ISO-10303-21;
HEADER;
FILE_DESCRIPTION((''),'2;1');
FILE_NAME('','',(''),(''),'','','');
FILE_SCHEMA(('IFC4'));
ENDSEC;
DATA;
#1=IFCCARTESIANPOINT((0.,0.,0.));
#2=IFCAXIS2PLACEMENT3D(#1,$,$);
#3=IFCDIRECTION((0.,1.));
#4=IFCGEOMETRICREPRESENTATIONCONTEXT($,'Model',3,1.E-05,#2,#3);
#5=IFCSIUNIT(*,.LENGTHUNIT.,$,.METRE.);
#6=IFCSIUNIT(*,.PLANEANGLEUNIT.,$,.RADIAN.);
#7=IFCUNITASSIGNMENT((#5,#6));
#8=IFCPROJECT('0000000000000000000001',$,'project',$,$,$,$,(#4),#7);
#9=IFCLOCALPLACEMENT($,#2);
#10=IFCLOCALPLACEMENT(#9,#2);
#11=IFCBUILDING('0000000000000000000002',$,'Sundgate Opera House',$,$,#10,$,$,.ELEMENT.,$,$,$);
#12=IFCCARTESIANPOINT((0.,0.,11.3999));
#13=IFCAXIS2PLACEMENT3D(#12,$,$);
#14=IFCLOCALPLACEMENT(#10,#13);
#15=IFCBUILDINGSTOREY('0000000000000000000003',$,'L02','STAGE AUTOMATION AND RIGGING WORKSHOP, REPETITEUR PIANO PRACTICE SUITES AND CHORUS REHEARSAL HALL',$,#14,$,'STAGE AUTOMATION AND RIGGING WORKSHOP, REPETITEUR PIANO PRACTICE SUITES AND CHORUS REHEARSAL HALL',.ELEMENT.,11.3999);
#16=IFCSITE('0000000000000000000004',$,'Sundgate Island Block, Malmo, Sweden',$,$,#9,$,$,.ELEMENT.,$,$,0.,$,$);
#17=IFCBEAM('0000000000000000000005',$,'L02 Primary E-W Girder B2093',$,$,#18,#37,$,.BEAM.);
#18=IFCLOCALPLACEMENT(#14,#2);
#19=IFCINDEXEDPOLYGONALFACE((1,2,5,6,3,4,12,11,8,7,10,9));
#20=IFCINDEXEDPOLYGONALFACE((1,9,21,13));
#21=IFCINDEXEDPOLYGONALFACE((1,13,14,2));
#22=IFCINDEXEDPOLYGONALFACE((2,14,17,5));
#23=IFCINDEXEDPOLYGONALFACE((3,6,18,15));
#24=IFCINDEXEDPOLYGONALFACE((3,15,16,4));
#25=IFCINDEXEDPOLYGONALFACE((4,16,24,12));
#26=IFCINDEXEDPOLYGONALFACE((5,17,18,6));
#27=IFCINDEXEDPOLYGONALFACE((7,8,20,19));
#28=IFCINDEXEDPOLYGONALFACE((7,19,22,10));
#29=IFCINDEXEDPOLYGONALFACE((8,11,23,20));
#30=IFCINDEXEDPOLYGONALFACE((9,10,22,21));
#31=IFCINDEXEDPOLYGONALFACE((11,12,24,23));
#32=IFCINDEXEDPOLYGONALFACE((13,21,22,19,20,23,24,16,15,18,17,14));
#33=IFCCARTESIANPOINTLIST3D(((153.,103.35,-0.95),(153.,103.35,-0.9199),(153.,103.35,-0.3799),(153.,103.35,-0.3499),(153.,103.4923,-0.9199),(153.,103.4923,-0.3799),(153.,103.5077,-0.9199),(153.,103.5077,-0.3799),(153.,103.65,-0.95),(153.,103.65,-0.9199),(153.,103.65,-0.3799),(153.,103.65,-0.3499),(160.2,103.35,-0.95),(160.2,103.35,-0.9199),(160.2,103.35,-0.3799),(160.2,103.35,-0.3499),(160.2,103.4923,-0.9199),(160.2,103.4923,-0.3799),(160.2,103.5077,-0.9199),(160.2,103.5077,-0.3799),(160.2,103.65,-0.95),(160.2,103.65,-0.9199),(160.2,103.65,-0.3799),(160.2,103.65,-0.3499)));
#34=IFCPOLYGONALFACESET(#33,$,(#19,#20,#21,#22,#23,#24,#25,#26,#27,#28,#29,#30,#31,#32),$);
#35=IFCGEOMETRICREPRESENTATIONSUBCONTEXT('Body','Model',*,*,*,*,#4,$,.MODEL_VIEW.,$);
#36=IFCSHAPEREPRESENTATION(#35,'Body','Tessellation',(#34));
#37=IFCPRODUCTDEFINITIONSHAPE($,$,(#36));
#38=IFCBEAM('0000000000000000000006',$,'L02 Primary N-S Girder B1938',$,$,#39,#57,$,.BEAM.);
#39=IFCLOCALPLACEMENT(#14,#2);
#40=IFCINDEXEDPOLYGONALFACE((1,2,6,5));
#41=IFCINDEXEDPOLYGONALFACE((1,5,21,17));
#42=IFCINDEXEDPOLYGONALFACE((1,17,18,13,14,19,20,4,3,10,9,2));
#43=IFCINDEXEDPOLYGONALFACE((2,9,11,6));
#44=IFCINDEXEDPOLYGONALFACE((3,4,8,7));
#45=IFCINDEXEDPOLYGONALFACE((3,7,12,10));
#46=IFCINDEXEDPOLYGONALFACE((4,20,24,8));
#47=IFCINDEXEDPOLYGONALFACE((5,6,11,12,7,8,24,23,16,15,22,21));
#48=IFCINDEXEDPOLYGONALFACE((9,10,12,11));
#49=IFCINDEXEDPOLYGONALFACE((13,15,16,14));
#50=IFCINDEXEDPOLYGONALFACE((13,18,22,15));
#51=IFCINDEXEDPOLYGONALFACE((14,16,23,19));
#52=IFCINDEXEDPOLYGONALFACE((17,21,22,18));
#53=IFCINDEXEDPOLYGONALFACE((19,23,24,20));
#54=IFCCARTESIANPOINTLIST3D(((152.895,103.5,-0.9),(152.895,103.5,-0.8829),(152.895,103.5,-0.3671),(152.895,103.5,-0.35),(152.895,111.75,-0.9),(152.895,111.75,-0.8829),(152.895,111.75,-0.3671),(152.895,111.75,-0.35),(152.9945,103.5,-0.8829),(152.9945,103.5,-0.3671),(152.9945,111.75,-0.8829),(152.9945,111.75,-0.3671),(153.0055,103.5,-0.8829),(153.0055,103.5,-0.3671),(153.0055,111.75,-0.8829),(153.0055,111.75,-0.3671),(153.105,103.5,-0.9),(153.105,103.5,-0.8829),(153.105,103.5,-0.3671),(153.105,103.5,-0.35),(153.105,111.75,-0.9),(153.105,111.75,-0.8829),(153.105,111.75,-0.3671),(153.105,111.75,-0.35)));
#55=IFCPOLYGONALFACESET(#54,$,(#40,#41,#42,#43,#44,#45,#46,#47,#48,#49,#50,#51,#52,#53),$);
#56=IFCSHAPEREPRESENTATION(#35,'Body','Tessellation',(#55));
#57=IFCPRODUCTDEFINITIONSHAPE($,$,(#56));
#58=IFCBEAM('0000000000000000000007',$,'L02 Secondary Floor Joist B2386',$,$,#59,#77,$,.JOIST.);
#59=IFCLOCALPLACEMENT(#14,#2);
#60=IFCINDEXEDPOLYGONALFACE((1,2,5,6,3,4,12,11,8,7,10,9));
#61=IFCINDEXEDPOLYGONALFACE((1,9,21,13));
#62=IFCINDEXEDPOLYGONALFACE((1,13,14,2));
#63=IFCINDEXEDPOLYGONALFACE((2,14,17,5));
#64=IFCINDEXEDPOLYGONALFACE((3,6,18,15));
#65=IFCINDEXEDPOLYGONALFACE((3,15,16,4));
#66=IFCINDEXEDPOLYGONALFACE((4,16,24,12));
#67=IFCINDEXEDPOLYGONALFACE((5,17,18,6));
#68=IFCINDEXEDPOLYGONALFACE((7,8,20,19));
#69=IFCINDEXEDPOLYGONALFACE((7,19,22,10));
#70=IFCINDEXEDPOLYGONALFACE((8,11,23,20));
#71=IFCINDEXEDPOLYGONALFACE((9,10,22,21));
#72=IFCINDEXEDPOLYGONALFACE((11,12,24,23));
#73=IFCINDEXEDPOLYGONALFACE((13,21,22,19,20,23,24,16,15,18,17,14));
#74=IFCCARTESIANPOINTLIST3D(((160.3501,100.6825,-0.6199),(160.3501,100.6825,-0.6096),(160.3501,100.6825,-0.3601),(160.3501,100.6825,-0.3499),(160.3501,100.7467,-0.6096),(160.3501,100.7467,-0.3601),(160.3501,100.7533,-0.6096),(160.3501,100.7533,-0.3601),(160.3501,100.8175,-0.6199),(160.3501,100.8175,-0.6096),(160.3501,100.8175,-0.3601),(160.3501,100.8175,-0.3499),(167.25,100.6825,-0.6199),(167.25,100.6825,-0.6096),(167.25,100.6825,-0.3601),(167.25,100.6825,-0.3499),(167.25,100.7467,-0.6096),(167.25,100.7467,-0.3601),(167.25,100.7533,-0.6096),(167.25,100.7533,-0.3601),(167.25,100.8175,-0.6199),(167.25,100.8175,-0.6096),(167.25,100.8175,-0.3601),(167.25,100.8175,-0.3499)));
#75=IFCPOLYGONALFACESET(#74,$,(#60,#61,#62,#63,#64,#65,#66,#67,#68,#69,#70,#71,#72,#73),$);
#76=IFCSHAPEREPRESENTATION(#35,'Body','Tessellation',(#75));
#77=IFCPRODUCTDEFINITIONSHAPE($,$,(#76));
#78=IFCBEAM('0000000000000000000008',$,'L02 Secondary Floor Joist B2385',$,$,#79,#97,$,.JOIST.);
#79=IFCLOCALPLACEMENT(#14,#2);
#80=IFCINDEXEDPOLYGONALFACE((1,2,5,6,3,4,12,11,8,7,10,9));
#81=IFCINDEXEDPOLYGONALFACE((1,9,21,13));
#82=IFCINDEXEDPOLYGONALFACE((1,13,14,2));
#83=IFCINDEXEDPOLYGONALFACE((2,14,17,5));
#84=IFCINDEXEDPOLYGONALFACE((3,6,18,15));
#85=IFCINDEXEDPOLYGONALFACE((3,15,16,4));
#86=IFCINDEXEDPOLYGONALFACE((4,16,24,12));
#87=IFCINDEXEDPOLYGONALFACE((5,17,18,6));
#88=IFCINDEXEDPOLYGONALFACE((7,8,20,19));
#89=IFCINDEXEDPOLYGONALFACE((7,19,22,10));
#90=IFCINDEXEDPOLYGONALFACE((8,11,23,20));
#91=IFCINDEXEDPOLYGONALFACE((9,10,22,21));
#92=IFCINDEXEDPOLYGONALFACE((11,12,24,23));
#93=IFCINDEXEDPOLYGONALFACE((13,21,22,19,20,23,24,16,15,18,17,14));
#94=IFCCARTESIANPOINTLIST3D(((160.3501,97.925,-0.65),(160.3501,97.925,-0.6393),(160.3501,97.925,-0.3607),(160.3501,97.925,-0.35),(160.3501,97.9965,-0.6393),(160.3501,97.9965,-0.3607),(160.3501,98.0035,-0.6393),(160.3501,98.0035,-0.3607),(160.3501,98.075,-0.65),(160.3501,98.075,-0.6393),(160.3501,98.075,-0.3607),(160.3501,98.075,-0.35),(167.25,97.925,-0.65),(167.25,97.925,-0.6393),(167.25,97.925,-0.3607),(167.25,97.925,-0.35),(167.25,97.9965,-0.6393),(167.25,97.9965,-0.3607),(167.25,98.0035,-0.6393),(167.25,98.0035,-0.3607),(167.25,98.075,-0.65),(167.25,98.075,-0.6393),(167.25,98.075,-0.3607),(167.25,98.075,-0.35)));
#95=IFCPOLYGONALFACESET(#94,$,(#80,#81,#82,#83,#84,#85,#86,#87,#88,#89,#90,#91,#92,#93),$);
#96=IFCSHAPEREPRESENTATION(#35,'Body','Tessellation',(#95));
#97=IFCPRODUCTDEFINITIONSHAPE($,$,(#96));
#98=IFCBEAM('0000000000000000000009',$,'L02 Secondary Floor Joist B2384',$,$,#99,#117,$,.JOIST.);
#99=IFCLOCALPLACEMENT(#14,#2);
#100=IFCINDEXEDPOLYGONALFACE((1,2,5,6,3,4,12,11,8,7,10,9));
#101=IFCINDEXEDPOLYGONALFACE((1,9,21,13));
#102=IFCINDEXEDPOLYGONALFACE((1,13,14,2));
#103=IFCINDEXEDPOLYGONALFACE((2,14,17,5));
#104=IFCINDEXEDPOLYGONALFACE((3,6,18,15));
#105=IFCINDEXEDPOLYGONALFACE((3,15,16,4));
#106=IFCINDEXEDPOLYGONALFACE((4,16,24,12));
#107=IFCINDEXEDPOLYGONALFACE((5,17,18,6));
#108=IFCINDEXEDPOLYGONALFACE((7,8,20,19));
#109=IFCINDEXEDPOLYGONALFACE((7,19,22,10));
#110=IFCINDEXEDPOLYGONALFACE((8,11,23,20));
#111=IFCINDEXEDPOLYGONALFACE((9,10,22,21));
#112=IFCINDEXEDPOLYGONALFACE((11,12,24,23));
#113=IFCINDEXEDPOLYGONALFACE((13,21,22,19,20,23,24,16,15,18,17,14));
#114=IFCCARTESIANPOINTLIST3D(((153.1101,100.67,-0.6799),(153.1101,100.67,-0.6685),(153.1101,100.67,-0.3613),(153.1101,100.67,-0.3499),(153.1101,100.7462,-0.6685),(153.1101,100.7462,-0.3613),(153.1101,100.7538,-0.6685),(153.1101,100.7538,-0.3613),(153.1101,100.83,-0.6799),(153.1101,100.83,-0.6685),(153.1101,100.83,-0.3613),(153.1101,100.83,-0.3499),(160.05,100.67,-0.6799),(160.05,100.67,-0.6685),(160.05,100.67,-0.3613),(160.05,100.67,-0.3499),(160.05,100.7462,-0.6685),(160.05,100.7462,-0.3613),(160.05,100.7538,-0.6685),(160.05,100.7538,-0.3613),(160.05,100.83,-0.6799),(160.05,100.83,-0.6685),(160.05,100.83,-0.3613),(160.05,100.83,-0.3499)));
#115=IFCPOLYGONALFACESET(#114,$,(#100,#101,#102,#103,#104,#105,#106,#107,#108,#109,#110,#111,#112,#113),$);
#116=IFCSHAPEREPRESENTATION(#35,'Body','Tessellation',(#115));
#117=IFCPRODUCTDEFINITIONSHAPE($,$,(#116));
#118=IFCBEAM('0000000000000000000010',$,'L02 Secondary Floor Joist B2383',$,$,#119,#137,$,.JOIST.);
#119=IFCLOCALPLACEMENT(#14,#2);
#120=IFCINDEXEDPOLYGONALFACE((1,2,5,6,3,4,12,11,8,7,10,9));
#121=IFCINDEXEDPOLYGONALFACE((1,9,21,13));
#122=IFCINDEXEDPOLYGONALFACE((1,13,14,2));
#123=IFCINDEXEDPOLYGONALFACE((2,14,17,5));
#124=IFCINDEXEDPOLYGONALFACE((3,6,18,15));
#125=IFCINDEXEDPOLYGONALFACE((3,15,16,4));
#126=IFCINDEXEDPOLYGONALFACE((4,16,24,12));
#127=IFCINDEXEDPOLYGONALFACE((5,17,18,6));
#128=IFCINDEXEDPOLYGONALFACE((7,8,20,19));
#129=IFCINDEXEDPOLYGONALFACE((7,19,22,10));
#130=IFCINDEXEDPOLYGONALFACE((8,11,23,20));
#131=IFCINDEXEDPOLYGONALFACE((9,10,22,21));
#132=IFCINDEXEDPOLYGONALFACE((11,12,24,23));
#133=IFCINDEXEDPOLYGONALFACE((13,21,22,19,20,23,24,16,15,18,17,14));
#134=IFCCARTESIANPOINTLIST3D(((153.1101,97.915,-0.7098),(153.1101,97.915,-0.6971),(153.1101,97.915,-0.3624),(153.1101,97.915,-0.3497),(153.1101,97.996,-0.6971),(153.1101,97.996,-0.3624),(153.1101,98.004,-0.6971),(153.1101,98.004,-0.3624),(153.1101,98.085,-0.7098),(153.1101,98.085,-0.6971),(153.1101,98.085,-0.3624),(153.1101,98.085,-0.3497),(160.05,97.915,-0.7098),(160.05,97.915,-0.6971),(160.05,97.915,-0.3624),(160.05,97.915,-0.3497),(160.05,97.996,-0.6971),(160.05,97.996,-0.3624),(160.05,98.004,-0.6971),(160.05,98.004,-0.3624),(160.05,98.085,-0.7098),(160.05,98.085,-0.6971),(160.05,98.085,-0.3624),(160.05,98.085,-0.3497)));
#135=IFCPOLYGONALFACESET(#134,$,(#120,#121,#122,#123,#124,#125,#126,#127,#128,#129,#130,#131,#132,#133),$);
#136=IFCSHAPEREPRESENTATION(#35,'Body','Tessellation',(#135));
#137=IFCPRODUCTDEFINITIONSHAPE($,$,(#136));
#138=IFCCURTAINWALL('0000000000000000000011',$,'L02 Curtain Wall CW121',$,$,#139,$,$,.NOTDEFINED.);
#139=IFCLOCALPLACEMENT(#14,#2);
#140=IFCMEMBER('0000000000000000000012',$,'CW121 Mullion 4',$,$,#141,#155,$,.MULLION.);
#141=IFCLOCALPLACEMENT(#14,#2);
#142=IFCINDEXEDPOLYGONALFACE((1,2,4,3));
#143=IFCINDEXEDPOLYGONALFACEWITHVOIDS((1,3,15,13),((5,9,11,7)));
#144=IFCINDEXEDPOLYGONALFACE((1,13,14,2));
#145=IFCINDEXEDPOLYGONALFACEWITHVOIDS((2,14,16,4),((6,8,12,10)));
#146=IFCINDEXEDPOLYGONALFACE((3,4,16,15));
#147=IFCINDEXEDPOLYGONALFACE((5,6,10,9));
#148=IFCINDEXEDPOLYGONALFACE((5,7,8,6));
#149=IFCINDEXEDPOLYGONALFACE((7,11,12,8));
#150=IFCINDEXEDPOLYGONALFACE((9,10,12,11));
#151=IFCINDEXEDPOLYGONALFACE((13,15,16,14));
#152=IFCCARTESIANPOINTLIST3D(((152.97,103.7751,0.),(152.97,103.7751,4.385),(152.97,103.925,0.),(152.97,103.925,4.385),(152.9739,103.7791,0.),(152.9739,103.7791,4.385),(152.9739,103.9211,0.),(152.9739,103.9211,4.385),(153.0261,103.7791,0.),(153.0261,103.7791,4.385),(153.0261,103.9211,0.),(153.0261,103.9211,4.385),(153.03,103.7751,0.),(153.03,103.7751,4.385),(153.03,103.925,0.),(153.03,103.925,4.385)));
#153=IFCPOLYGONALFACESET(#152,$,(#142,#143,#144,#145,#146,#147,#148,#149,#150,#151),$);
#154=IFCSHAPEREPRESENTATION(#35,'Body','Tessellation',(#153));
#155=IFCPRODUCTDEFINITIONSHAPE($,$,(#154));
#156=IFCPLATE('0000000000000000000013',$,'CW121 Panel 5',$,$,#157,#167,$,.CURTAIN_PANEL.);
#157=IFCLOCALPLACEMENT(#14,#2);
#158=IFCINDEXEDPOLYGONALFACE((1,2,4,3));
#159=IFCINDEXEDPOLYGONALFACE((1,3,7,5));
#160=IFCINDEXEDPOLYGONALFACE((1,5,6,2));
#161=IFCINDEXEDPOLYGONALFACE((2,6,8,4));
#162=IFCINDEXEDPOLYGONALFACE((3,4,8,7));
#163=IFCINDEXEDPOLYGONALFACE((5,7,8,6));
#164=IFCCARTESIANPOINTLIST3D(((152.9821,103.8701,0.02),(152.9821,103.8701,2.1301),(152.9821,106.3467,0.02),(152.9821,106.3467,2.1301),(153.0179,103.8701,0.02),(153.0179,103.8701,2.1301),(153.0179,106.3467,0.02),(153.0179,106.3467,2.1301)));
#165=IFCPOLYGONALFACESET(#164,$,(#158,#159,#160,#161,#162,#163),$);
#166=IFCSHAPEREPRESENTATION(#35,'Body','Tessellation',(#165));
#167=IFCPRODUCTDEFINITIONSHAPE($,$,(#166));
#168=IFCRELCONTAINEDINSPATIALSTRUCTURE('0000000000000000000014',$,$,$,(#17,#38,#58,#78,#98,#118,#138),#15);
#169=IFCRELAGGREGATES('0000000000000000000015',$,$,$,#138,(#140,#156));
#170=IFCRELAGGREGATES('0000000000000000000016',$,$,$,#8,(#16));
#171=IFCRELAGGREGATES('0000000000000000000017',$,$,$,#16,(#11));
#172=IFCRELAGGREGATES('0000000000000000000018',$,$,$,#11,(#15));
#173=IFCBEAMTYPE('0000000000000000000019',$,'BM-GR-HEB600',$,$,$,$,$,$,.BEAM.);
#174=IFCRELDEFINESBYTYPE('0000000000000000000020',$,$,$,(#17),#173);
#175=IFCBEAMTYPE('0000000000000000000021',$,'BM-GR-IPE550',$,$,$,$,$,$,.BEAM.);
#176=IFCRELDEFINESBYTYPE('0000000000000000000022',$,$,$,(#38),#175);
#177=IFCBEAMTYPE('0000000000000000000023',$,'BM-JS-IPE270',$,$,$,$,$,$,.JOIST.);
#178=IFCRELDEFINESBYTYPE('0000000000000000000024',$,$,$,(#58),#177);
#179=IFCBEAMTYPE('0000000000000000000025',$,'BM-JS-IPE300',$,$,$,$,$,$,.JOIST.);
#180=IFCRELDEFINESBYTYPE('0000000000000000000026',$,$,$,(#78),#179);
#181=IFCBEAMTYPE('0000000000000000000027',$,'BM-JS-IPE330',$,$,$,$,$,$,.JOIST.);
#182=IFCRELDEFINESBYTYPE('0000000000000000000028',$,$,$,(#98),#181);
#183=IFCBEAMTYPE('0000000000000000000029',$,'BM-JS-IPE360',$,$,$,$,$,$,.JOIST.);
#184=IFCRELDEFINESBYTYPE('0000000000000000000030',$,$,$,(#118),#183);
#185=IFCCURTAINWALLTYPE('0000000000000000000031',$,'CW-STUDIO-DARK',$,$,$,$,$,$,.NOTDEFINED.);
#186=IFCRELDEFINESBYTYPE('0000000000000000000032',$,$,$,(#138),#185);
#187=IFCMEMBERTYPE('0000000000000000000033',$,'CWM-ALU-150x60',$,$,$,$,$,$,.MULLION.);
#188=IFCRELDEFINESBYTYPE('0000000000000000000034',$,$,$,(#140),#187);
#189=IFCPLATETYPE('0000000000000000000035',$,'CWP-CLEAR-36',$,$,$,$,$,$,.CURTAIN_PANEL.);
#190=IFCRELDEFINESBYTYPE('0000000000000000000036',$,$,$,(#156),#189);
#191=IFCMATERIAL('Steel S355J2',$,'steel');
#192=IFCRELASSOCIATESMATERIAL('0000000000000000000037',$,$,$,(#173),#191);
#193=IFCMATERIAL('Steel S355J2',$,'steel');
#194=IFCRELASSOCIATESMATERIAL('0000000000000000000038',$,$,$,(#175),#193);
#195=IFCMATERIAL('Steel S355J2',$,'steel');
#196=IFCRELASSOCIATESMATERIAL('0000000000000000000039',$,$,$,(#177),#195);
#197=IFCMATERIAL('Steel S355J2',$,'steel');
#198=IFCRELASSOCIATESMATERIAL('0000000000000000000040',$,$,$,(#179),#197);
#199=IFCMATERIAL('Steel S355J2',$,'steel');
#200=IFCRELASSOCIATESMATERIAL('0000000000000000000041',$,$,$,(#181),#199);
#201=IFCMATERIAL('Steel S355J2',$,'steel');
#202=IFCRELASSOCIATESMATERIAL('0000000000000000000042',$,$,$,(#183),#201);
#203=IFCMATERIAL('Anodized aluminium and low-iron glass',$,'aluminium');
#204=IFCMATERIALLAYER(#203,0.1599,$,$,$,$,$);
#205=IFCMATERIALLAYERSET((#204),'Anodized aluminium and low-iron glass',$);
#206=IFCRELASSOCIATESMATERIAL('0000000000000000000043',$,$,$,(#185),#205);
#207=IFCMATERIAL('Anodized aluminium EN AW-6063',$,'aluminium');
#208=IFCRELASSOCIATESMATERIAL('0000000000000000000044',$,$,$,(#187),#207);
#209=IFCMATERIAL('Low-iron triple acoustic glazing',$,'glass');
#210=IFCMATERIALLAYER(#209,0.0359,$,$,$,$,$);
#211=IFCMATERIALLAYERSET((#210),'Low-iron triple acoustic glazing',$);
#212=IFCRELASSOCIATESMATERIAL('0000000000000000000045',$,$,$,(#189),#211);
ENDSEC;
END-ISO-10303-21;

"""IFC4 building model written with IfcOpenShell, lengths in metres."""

from ifc_helpers import new_model, si_unit, direction, frame, origin, origin_2d, place, context, subcontext, project, spatial, rectangle, hollow_rectangle, i_section, extrude, material, layer, layer_set, material_profile, profile_set, type_object, element, aggregate, save


model = new_model("IFC4")

# Units and contexts
model_context = context("Model", 3, precision=1e-05, world=origin(), true_north=direction((0.0, 1.0)))
body_context = subcontext(model_context, "Body", "Model", "MODEL_VIEW")
ifc_project = project(units=[si_unit("LENGTHUNIT", "METRE"), si_unit("PLANEANGLEUNIT", "RADIAN")], contexts=[model_context])

# Site, building, storey
site_placement = place(None, origin())
site = spatial("IfcSite", under=ifc_project, at=site_placement, Name="Sundgate Island Block, Malmo, Sweden", CompositionType="ELEMENT", RefElevation=0.0)
building_placement = place(site_placement, origin())
building = spatial("IfcBuilding", under=site, at=building_placement, Name="Sundgate Opera House", CompositionType="ELEMENT")
storey_placement = place(building_placement, frame((0.0, 0.0, 11.3999)))
storey = spatial("IfcBuildingStorey", under=building, at=storey_placement, Name="L02", Description="STAGE AUTOMATION AND RIGGING WORKSHOP, REPETITEUR PIANO PRACTICE SUITES AND CHORUS REHEARSAL HALL", LongName="STAGE AUTOMATION AND RIGGING WORKSHOP, REPETITEUR PIANO PRACTICE SUITES AND CHORUS REHEARSAL HALL", CompositionType="ELEMENT", Elevation=11.3999)

# Beams
ifc_material_1 = material(Name="Steel S355J2", Category="steel")
ifc_material_profile_1 = material_profile(ifc_material_1, i_section(OverallWidth=0.3, OverallDepth=0.6001, WebThickness=0.0154, FlangeThickness=0.03, at=origin_2d()), Name="HEB 600")
ifc_profile_set_1 = profile_set([ifc_material_profile_1], Name="Steel S355J2")
beam_type_1 = type_object("IfcBeamType", Name="BM-GR-HEB600", PredefinedType="BEAM", material=ifc_profile_set_1)
beam_1_placement = place(storey_placement, frame((153.0, 103.5, -0.6499), z_axis=(1.0, 0.0, 0.0), x_axis=(0.0, 1.0, 0.0)))
element("IfcBeam", 1, at=beam_1_placement, inside=storey, type_object=beam_type_1, Name="L02 Primary E-W Girder B2093", PredefinedType="BEAM", context=body_context, shape_type="SweptSolid", body=[
    extrude(i_section(OverallWidth=0.3, OverallDepth=0.6001, WebThickness=0.0154, FlangeThickness=0.03, at=origin_2d()), origin(), (0.0, 0.0, 1.0), 7.2),
])
ifc_material_2 = material(Name="Steel S355J2", Category="steel")
ifc_material_profile_2 = material_profile(ifc_material_2, i_section(OverallWidth=0.21, OverallDepth=0.55, WebThickness=0.011, FlangeThickness=0.0171, at=origin_2d()), Name="IPE 550")
ifc_profile_set_2 = profile_set([ifc_material_profile_2], Name="Steel S355J2")
beam_type_2 = type_object("IfcBeamType", Name="BM-GR-IPE550", PredefinedType="BEAM", material=ifc_profile_set_2)
beam_2_placement = place(storey_placement, frame((153.0, 103.5, -0.625), z_axis=(0.0, 1.0, 0.0), x_axis=(-1.0, 0.0, 0.0)))
element("IfcBeam", 2, at=beam_2_placement, inside=storey, type_object=beam_type_2, Name="L02 Primary N-S Girder B1938", PredefinedType="BEAM", context=body_context, shape_type="SweptSolid", body=[
    extrude(i_section(OverallWidth=0.21, OverallDepth=0.55, WebThickness=0.011, FlangeThickness=0.0171, at=origin_2d()), origin(), (0.0, 0.0, 1.0), 8.25),
])
ifc_material_3 = material(Name="Steel S355J2", Category="steel")
ifc_material_profile_3 = material_profile(ifc_material_3, i_section(OverallWidth=0.135, OverallDepth=0.27, WebThickness=0.0066, FlangeThickness=0.0103, at=origin_2d()), Name="IPE 270")
ifc_profile_set_3 = profile_set([ifc_material_profile_3], Name="Steel S355J2")
beam_type_3 = type_object("IfcBeamType", Name="BM-JS-IPE270", PredefinedType="JOIST", material=ifc_profile_set_3)
beam_3_placement = place(storey_placement, frame((160.3501, 100.75, -0.4849), z_axis=(1.0, 0.0, 0.0), x_axis=(0.0, 1.0, 0.0)))
element("IfcBeam", 3, at=beam_3_placement, inside=storey, type_object=beam_type_3, Name="L02 Secondary Floor Joist B2386", PredefinedType="JOIST", context=body_context, shape_type="SweptSolid", body=[
    extrude(i_section(OverallWidth=0.135, OverallDepth=0.27, WebThickness=0.0066, FlangeThickness=0.0103, at=origin_2d()), origin(), (0.0, 0.0, 1.0), 6.8999),
])
ifc_material_4 = material(Name="Steel S355J2", Category="steel")
ifc_material_profile_4 = material_profile(ifc_material_4, i_section(OverallWidth=0.1499, OverallDepth=0.3, WebThickness=0.0071, FlangeThickness=0.0107, at=origin_2d()), Name="IPE 300")
ifc_profile_set_4 = profile_set([ifc_material_profile_4], Name="Steel S355J2")
beam_type_4 = type_object("IfcBeamType", Name="BM-JS-IPE300", PredefinedType="JOIST", material=ifc_profile_set_4)
beam_4_placement = place(storey_placement, frame((160.3501, 98.0, -0.5), z_axis=(1.0, 0.0, 0.0), x_axis=(0.0, 1.0, 0.0)))
element("IfcBeam", 4, at=beam_4_placement, inside=storey, type_object=beam_type_4, Name="L02 Secondary Floor Joist B2385", PredefinedType="JOIST", context=body_context, shape_type="SweptSolid", body=[
    extrude(i_section(OverallWidth=0.1499, OverallDepth=0.3, WebThickness=0.0071, FlangeThickness=0.0107, at=origin_2d()), origin(), (0.0, 0.0, 1.0), 6.8999),
])
ifc_material_5 = material(Name="Steel S355J2", Category="steel")
ifc_material_profile_5 = material_profile(ifc_material_5, i_section(OverallWidth=0.1599, OverallDepth=0.3301, WebThickness=0.0076, FlangeThickness=0.0115, at=origin_2d()), Name="IPE 330")
ifc_profile_set_5 = profile_set([ifc_material_profile_5], Name="Steel S355J2")
beam_type_5 = type_object("IfcBeamType", Name="BM-JS-IPE330", PredefinedType="JOIST", material=ifc_profile_set_5)
beam_5_placement = place(storey_placement, frame((153.1101, 100.75, -0.5149), z_axis=(1.0, 0.0, 0.0), x_axis=(0.0, 1.0, 0.0)))
element("IfcBeam", 5, at=beam_5_placement, inside=storey, type_object=beam_type_5, Name="L02 Secondary Floor Joist B2384", PredefinedType="JOIST", context=body_context, shape_type="SweptSolid", body=[
    extrude(i_section(OverallWidth=0.1599, OverallDepth=0.3301, WebThickness=0.0076, FlangeThickness=0.0115, at=origin_2d()), origin(), (0.0, 0.0, 1.0), 6.9399),
])
ifc_material_6 = material(Name="Steel S355J2", Category="steel")
ifc_material_profile_6 = material_profile(ifc_material_6, i_section(OverallWidth=0.1699, OverallDepth=0.3601, WebThickness=0.0081, FlangeThickness=0.0127, at=origin_2d()), Name="IPE 360")
ifc_profile_set_6 = profile_set([ifc_material_profile_6], Name="Steel S355J2")
beam_type_6 = type_object("IfcBeamType", Name="BM-JS-IPE360", PredefinedType="JOIST", material=ifc_profile_set_6)
beam_6_placement = place(storey_placement, frame((153.1101, 98.0, -0.5298), z_axis=(1.0, 0.0, 0.0), x_axis=(0.0, 1.0, 0.0)))
element("IfcBeam", 6, at=beam_6_placement, inside=storey, type_object=beam_type_6, Name="L02 Secondary Floor Joist B2383", PredefinedType="JOIST", context=body_context, shape_type="SweptSolid", body=[
    extrude(i_section(OverallWidth=0.1699, OverallDepth=0.3601, WebThickness=0.0081, FlangeThickness=0.0127, at=origin_2d()), origin(), (0.0, 0.0, 1.0), 6.9399),
])

# Curtain wall, member, plate
ifc_material_7 = material(Name="Anodized aluminium and low-iron glass", Category="aluminium")
ifc_layer_1 = layer(ifc_material_7, 0.1599)
ifc_layer_set_1 = layer_set([ifc_layer_1], Name="Anodized aluminium and low-iron glass")
curtain_wall_type = type_object("IfcCurtainWallType", Name="CW-STUDIO-DARK", PredefinedType="NOTDEFINED", material=ifc_layer_set_1)
curtain_wall_placement = place(storey_placement, origin())
curtain_wall = element("IfcCurtainWall", 7, at=curtain_wall_placement, inside=storey, type_object=curtain_wall_type, Name="L02 Curtain Wall CW121", PredefinedType="NOTDEFINED")
ifc_material_8 = material(Name="Anodized aluminium EN AW-6063", Category="aluminium")
ifc_material_profile_7 = material_profile(ifc_material_8, hollow_rectangle(XDim=0.0601, YDim=0.1499, WallThickness=0.0039, at=origin_2d()), Name="CWM 150x60x4")
ifc_profile_set_7 = profile_set([ifc_material_profile_7], Name="Anodized aluminium EN AW-6063")
member_type = type_object("IfcMemberType", Name="CWM-ALU-150x60", PredefinedType="MULLION", material=ifc_profile_set_7)
member_placement = place(storey_placement, frame((153.0, 103.8501, 0.0), z_axis=(0.0, 0.0, 1.0), x_axis=(1.0, 0.0, 0.0)))
member = element("IfcMember", 8, at=member_placement, type_object=member_type, Name="CW121 Mullion 4", PredefinedType="MULLION", context=body_context, shape_type="SweptSolid", body=[
    extrude(hollow_rectangle(XDim=0.0601, YDim=0.1499, WallThickness=0.0039, at=origin_2d()), origin(), (0.0, 0.0, 1.0), 4.385),
])
ifc_material_9 = material(Name="Low-iron triple acoustic glazing", Category="glass")
ifc_layer_2 = layer(ifc_material_9, 0.0359)
ifc_layer_set_2 = layer_set([ifc_layer_2], Name="Low-iron triple acoustic glazing")
plate_type = type_object("IfcPlateType", Name="CWP-CLEAR-36", PredefinedType="CURTAIN_PANEL", material=ifc_layer_set_2)
plate_1_placement = place(storey_placement, frame((153.0, 105.1084, 0.02), z_axis=(0.0, 0.0, 1.0), x_axis=(0.0, -1.0, 0.0)))
plate_1 = element("IfcPlate", 9, at=plate_1_placement, type_object=plate_type, Name="CW121 Panel 5", PredefinedType="CURTAIN_PANEL", context=body_context, shape_type="SweptSolid", body=[
    extrude(rectangle(XDim=2.4766, YDim=0.0359, at=origin_2d()), origin(), (0.0, 0.0, 1.0), 2.1101),
])
aggregate(curtain_wall, [member, plate_1])

save(model, "model.ifc")
